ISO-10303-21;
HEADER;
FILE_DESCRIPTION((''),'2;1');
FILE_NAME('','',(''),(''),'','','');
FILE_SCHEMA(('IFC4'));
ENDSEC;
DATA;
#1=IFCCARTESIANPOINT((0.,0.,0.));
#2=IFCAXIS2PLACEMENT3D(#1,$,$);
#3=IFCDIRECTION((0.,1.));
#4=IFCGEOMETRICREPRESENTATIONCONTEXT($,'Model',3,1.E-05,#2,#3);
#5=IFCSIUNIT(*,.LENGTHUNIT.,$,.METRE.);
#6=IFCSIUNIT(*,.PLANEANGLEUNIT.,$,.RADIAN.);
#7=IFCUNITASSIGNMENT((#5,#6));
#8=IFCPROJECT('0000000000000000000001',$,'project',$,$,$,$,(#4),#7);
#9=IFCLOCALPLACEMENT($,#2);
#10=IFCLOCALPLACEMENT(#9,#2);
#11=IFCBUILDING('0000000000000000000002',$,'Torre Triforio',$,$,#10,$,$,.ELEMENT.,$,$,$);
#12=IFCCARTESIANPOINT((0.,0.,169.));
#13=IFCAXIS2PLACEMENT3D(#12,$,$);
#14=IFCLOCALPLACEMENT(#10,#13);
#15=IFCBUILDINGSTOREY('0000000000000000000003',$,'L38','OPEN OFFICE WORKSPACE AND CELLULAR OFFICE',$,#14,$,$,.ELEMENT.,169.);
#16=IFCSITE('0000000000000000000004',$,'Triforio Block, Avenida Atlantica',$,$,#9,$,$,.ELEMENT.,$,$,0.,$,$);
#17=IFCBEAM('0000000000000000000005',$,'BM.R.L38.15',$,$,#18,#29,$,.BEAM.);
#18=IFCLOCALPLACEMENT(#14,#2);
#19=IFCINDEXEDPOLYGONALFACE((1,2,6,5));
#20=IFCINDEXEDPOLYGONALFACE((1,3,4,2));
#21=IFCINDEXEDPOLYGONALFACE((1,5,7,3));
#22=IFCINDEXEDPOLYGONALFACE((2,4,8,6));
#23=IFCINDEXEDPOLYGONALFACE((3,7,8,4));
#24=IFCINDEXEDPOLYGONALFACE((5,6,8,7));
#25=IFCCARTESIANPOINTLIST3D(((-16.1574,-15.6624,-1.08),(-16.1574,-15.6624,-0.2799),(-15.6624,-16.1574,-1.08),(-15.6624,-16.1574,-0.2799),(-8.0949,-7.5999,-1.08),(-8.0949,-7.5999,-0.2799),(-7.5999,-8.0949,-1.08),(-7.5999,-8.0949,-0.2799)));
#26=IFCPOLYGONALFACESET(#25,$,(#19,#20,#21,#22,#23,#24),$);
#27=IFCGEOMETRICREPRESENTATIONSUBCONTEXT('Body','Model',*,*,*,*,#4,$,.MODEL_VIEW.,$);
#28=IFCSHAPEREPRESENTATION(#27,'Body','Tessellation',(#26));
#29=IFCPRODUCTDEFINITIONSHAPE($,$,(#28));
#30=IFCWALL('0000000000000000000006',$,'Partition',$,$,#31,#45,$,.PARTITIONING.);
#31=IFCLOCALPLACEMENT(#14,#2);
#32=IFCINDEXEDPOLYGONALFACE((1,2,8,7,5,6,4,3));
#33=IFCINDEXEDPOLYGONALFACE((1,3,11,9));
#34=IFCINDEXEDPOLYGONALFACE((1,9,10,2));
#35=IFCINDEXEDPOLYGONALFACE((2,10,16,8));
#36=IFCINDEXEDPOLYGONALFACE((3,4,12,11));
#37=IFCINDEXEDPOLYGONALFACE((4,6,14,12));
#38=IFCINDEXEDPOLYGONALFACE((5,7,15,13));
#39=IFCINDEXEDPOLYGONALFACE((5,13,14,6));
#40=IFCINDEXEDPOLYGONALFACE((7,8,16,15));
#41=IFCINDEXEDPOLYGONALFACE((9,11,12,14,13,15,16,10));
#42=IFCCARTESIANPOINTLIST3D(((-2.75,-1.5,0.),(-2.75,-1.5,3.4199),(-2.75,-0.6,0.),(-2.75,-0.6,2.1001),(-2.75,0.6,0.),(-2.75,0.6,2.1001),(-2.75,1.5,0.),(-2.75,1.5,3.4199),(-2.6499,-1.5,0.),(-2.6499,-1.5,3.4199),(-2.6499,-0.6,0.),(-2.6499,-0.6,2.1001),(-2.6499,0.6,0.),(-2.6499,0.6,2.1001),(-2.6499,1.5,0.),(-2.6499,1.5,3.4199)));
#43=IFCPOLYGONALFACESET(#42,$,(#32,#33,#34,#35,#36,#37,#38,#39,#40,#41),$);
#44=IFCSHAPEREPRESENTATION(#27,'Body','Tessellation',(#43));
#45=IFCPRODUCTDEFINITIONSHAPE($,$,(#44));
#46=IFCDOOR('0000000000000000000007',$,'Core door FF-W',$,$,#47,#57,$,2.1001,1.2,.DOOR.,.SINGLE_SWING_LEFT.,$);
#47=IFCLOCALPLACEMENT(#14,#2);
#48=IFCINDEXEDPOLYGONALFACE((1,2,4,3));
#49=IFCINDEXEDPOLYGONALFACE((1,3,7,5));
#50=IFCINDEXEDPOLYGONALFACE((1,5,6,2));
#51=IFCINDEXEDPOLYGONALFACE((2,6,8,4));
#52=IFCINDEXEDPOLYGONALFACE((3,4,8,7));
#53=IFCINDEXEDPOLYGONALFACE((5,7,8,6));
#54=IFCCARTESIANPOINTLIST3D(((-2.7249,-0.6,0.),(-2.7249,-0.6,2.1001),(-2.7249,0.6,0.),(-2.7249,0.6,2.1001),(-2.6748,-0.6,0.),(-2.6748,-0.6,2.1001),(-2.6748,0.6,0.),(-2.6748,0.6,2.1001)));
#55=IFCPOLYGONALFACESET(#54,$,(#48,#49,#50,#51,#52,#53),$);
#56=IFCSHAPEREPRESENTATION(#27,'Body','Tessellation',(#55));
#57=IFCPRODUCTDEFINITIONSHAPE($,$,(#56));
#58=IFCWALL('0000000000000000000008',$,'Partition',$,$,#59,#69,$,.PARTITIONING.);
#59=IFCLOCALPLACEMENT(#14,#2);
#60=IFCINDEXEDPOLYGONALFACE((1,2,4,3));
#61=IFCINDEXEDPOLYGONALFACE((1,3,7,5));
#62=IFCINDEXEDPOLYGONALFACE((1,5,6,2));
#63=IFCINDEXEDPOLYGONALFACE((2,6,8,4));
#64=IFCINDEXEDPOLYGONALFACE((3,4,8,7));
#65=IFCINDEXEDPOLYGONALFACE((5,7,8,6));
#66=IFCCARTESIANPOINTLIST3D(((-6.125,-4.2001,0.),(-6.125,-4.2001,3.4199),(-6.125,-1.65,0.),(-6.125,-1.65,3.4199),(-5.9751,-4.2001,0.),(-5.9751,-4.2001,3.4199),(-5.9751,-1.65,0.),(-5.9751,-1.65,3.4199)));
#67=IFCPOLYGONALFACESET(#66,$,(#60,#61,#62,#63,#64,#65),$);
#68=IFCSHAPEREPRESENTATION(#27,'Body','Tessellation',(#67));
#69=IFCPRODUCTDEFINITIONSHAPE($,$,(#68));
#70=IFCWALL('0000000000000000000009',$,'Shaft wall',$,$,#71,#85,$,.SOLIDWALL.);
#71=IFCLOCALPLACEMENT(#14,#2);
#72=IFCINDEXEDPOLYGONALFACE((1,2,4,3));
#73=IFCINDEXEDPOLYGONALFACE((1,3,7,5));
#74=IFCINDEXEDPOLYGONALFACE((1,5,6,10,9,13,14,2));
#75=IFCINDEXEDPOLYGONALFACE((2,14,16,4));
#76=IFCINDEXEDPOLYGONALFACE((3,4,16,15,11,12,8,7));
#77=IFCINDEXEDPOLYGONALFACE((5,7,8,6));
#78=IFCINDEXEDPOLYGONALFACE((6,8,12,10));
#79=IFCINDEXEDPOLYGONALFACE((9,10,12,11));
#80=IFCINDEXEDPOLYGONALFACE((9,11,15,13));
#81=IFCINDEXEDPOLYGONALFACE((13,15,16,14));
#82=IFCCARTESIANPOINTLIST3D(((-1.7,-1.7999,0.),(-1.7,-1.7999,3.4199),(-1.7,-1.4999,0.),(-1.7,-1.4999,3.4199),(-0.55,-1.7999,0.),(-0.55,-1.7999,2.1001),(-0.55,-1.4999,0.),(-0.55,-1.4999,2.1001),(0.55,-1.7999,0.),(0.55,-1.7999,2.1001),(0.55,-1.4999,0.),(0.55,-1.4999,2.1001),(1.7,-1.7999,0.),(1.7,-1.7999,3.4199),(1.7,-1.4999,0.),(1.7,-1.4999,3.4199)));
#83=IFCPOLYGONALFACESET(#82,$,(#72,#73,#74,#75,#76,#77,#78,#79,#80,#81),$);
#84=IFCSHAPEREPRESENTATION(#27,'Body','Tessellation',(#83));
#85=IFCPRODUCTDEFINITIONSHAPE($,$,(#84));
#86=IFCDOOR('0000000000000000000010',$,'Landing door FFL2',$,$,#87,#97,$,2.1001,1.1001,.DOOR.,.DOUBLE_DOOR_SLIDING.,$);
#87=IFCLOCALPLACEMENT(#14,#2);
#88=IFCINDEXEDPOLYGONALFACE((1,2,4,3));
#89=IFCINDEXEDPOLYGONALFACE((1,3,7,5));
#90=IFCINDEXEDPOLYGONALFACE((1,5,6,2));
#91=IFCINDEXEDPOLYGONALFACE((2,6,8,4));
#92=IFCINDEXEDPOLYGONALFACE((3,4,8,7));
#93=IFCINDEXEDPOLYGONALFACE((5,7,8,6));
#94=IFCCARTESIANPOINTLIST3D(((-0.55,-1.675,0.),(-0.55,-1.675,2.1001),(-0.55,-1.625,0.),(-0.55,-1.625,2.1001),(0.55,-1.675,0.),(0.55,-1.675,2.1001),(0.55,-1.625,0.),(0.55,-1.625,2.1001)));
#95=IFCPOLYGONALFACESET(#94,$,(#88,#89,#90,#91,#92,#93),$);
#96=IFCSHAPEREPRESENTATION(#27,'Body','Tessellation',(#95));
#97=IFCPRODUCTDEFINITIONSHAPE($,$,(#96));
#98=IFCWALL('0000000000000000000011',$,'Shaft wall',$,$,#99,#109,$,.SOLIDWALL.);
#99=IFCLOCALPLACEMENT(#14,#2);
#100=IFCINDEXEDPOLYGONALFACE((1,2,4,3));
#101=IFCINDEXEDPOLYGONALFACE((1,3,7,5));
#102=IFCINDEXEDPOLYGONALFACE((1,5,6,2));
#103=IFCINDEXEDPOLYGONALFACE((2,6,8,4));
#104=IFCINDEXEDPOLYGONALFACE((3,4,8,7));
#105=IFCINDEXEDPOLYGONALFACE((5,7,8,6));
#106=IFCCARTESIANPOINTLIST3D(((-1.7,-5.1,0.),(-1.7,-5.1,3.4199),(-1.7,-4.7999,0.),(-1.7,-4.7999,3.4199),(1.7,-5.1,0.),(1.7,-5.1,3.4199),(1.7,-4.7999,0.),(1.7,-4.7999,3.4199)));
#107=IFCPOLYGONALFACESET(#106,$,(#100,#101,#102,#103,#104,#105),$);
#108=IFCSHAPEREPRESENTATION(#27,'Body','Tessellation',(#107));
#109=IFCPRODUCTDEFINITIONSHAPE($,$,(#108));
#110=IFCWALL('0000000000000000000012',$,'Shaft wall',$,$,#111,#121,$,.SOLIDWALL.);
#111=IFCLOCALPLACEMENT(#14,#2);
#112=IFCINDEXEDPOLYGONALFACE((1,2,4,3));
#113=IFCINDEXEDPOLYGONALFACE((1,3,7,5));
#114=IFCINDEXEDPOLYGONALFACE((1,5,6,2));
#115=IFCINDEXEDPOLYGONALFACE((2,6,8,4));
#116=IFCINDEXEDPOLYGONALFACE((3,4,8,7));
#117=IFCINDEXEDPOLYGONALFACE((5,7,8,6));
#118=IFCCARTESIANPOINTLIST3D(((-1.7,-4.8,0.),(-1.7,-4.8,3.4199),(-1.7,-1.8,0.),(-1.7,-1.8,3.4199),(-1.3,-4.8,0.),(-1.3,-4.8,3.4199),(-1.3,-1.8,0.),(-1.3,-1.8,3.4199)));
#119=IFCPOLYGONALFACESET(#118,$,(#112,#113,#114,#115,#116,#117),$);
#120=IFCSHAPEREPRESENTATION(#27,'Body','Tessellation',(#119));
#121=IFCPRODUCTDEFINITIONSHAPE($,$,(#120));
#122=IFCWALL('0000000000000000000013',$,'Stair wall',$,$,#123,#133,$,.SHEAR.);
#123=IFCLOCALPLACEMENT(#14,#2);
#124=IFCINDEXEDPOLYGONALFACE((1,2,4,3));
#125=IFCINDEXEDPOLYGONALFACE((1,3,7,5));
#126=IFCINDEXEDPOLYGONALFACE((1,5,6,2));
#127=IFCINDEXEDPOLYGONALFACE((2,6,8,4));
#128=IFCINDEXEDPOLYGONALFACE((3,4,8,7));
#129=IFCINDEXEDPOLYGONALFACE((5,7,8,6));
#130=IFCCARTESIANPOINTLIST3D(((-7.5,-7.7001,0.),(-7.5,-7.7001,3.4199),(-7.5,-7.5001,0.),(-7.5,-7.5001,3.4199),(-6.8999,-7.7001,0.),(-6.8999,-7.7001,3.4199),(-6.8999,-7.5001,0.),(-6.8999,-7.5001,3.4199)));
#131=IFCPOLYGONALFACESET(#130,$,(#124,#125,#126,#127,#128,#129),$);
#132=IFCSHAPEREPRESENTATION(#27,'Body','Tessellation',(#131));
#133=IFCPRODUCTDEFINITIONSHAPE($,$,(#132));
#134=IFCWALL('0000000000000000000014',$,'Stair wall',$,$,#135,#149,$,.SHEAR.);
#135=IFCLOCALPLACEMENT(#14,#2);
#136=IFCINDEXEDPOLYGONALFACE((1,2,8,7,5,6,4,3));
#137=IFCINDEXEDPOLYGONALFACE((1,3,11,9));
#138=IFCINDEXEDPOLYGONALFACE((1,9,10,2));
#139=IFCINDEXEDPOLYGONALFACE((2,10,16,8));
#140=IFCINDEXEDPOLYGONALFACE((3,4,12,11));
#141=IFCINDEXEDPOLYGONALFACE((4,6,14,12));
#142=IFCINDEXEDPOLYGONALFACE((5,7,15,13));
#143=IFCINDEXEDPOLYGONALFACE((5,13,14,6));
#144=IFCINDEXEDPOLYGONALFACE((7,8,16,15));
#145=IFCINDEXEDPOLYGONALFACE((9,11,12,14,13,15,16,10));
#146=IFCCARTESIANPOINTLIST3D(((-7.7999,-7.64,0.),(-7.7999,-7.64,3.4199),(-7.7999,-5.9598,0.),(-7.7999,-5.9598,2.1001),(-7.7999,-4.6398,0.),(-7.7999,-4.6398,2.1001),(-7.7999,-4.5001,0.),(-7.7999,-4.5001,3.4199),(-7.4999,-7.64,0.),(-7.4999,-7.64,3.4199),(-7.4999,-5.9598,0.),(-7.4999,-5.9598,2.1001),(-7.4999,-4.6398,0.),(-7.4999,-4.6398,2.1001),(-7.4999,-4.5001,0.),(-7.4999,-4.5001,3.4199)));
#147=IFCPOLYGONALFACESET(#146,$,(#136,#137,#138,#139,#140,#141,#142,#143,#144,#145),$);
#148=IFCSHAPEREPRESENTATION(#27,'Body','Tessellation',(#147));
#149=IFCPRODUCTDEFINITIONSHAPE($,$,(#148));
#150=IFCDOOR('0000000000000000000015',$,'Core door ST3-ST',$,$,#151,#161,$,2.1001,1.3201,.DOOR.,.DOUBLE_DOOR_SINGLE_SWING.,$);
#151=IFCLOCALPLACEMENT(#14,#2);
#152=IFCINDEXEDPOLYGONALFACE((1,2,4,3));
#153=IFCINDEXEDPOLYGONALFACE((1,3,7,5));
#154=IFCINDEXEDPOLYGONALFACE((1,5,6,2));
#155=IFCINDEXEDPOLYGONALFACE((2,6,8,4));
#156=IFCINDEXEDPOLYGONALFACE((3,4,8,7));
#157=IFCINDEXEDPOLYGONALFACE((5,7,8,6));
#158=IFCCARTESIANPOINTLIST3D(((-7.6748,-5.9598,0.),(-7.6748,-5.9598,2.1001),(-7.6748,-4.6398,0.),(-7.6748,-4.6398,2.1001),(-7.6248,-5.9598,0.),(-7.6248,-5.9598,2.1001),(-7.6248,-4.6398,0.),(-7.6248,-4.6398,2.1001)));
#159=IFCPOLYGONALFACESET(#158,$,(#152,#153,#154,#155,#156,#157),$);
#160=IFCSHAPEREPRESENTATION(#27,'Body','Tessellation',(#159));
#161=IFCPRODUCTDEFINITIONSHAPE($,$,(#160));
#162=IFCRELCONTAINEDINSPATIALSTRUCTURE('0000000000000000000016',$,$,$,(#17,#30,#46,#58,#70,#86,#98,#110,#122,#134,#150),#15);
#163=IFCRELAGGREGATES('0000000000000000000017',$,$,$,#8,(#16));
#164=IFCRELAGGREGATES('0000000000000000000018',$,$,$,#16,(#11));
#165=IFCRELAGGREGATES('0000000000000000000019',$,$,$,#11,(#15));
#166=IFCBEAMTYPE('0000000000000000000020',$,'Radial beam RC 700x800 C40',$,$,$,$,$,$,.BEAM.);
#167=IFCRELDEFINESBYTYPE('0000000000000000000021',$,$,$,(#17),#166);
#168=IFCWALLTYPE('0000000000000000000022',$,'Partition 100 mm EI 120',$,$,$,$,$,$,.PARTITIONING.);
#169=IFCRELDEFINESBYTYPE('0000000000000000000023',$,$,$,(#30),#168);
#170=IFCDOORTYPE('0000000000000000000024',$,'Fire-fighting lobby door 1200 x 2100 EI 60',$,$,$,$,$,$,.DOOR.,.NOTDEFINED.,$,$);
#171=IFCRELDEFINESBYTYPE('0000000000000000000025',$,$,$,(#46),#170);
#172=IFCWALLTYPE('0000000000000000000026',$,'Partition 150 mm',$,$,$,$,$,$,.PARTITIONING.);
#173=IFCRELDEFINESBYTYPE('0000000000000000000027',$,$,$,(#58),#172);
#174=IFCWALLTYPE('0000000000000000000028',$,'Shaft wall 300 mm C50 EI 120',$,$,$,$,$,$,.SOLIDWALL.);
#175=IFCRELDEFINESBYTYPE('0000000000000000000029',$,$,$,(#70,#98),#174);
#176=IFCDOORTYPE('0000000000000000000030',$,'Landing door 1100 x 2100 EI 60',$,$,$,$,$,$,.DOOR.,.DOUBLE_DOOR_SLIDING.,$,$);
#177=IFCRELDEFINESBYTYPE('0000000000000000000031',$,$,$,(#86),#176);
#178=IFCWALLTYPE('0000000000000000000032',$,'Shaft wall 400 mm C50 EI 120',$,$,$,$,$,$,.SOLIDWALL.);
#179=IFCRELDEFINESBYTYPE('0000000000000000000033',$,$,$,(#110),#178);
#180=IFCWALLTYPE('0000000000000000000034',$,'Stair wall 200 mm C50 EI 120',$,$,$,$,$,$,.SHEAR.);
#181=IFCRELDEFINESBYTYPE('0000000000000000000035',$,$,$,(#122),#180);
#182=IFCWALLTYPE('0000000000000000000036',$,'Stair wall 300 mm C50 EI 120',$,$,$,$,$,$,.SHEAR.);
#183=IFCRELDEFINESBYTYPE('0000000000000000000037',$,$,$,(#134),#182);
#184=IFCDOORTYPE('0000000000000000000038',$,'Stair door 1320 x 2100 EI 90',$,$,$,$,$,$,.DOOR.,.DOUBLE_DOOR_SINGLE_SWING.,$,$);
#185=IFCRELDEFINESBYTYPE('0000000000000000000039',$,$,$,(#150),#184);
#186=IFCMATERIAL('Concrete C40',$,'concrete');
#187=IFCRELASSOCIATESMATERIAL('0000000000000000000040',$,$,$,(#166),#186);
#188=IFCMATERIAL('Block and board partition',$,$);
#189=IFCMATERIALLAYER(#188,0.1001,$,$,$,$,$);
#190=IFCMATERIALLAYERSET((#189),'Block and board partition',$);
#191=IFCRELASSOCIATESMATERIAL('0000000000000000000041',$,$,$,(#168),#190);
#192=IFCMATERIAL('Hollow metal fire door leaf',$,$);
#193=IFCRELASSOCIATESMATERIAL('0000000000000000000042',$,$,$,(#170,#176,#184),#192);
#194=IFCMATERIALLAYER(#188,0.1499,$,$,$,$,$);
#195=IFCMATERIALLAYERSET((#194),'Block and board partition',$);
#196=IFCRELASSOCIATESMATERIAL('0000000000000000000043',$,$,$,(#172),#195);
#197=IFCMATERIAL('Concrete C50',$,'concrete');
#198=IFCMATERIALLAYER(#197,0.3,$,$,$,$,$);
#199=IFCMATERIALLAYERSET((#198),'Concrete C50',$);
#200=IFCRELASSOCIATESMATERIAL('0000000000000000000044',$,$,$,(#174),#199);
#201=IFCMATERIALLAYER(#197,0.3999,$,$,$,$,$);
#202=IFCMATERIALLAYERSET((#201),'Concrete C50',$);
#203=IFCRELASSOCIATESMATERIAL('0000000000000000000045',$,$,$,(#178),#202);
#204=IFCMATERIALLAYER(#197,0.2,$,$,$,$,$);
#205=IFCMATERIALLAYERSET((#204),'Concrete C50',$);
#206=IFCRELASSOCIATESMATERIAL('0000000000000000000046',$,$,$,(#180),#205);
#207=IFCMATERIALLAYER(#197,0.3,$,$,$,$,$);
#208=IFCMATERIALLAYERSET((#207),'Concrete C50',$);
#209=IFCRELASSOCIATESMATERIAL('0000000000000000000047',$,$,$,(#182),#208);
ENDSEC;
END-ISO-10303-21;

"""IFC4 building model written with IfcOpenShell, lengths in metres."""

from ifc_helpers import new_model, si_unit, direction, frame, frame_2d, origin, origin_2d, place, context, subcontext, project, spatial, rectangle, extrude, material, layer, layer_set, material_profile, profile_set, type_object, element, fill, save


model = new_model("IFC4")

# Units and contexts
model_context = context("Model", 3, precision=1e-05, world=origin(), true_north=direction((0.0, 1.0)))
body_context = subcontext(model_context, "Body", "Model", "MODEL_VIEW")
ifc_project = project(units=[si_unit("LENGTHUNIT", "METRE"), si_unit("PLANEANGLEUNIT", "RADIAN")], contexts=[model_context])

# Site, building, storey
site_placement = place(None, origin())
site = spatial("IfcSite", under=ifc_project, at=site_placement, Name="Triforio Block, Avenida Atlantica", CompositionType="ELEMENT", RefElevation=0.0)
building_placement = place(site_placement, origin())
building = spatial("IfcBuilding", under=site, at=building_placement, Name="Torre Triforio", CompositionType="ELEMENT")
storey_placement = place(building_placement, frame((0.0, 0.0, 169.0)))
storey = spatial("IfcBuildingStorey", under=building, at=storey_placement, Name="L38", Description="OPEN OFFICE WORKSPACE AND CELLULAR OFFICE", CompositionType="ELEMENT", Elevation=169.0)

# Beam
ifc_material_1 = material(Name="Concrete C40", Category="concrete")
ifc_material_profile = material_profile(ifc_material_1, rectangle(XDim=0.7, YDim=0.8, at=origin_2d()), Name="RC 700x800")
ifc_profile_set = profile_set([ifc_material_profile], Name="Concrete C40")
beam_type = type_object("IfcBeamType", Name="Radial beam RC 700x800 C40", PredefinedType="BEAM", material=ifc_profile_set)
beam_placement = place(storey_placement, frame((-7.8474, -7.8474, -0.6799), z_axis=(-0.707107, -0.707107, 0.0), x_axis=(0.707107, -0.707107, 0.0)))
element("IfcBeam", 1, at=beam_placement, inside=storey, type_object=beam_type, Name="BM.R.L38.15", PredefinedType="BEAM", context=body_context, shape_type="SweptSolid", body=[
    extrude(rectangle(XDim=0.7, YDim=0.8, at=origin_2d()), origin(), (0.0, 0.0, 1.0), 11.4021),
])

# Wall, opening, door
ifc_material_2 = material(Name="Block and board partition")
ifc_layer_1 = layer(ifc_material_2, 0.1001)
ifc_layer_set_1 = layer_set([ifc_layer_1], Name="Block and board partition")
wall_type_1 = type_object("IfcWallType", Name="Partition 100 mm EI 120", PredefinedType="PARTITIONING", material=ifc_layer_set_1)
wall_1_placement = place(storey_placement, frame((-2.7, -1.5, 0.0), z_axis=(0.0, 0.0, 1.0), x_axis=(0.0, 1.0, 0.0)))
wall_1 = element("IfcWall", 2, at=wall_1_placement, inside=storey, type_object=wall_type_1, Name="Partition", PredefinedType="PARTITIONING", context=body_context, shape_type="SweptSolid", body=[
    extrude(rectangle(XDim=3.0, YDim=0.1001, at=frame_2d((1.5, 0.0))), origin(), (0.0, 0.0, 1.0), 3.4199),
])
opening_1_placement = place(wall_1_placement, frame((0.8999, 0.0, 0.0)))
opening_1 = element("IfcOpeningElement", 3, at=opening_1_placement, cuts=wall_1, PredefinedType="OPENING", context=body_context, shape_type="SweptSolid", body=[
    extrude(rectangle(XDim=1.2, YDim=2.1001, at=frame_2d((0.6001, 1.05))), frame((0.0, 0.0601, 0.0), z_axis=(0.0, -1.0, 0.0), x_axis=(1.0, 0.0, 0.0)), (0.0, 0.0, 1.0), 0.1201),
])
ifc_material_3 = material(Name="Hollow metal fire door leaf")
door_type_1 = type_object("IfcDoorType", Name="Fire-fighting lobby door 1200 x 2100 EI 60", OperationType="NOTDEFINED", PredefinedType="DOOR", material=ifc_material_3)
door_1_placement = place(opening_1_placement, origin())
door_1 = element("IfcDoor", 4, at=door_1_placement, inside=storey, type_object=door_type_1, Name="Core door FF-W", OperationType="SINGLE_SWING_LEFT", OverallHeight=2.1001, OverallWidth=1.2, PredefinedType="DOOR", context=body_context, shape_type="SweptSolid", body=[
    extrude(rectangle(XDim=1.2, YDim=2.1001, at=frame_2d((0.6001, 1.05))), frame((0.0, 0.0249, 0.0), z_axis=(0.0, -1.0, 0.0), x_axis=(1.0, 0.0, 0.0)), (0.0, 0.0, 1.0), 0.05),
])
fill(opening_1, door_1)

# Wall
ifc_layer_2 = layer(ifc_material_2, 0.1499)
ifc_layer_set_2 = layer_set([ifc_layer_2], Name="Block and board partition")
wall_type_2 = type_object("IfcWallType", Name="Partition 150 mm", PredefinedType="PARTITIONING", material=ifc_layer_set_2)
wall_2_placement = place(storey_placement, frame((-6.05, -4.2, 0.0), z_axis=(0.0, 0.0, 1.0), x_axis=(0.0, 1.0, 0.0)))
element("IfcWall", 5, at=wall_2_placement, inside=storey, type_object=wall_type_2, Name="Partition", PredefinedType="PARTITIONING", context=body_context, shape_type="SweptSolid", body=[
    extrude(rectangle(XDim=2.55, YDim=0.1499, at=frame_2d((1.2749, 0.0))), origin(), (0.0, 0.0, 1.0), 3.4199),
])

# Wall, opening, door
ifc_material_4 = material(Name="Concrete C50", Category="concrete")
ifc_layer_3 = layer(ifc_material_4, 0.3)
ifc_layer_set_3 = layer_set([ifc_layer_3], Name="Concrete C50")
wall_type_3 = type_object("IfcWallType", Name="Shaft wall 300 mm C50 EI 120", PredefinedType="SOLIDWALL", material=ifc_layer_set_3)
wall_3_placement = place(storey_placement, frame((-1.7, -1.6499, 0.0), z_axis=(0.0, 0.0, 1.0), x_axis=(1.0, 0.0, 0.0)))
wall_3 = element("IfcWall", 6, at=wall_3_placement, inside=storey, type_object=wall_type_3, Name="Shaft wall", PredefinedType="SOLIDWALL", context=body_context, shape_type="SweptSolid", body=[
    extrude(rectangle(XDim=3.3999, YDim=0.3, at=frame_2d((1.7, 0.0))), origin(), (0.0, 0.0, 1.0), 3.4199),
])
opening_2_placement = place(wall_3_placement, frame((1.1499, 0.0, 0.0)))
opening_2 = element("IfcOpeningElement", 7, at=opening_2_placement, cuts=wall_3, PredefinedType="OPENING", context=body_context, shape_type="SweptSolid", body=[
    extrude(rectangle(XDim=1.1001, YDim=2.1001, at=frame_2d((0.55, 1.05))), frame((0.0, 0.1599, 0.0), z_axis=(0.0, -1.0, 0.0), x_axis=(1.0, 0.0, 0.0)), (0.0, 0.0, 1.0), 0.3201),
])
door_type_2 = type_object("IfcDoorType", Name="Landing door 1100 x 2100 EI 60", OperationType="DOUBLE_DOOR_SLIDING", PredefinedType="DOOR", material=ifc_material_3)
door_2_placement = place(opening_2_placement, origin())
door_2 = element("IfcDoor", 8, at=door_2_placement, inside=storey, type_object=door_type_2, Name="Landing door FFL2", OperationType="DOUBLE_DOOR_SLIDING", OverallHeight=2.1001, OverallWidth=1.1001, PredefinedType="DOOR", context=body_context, shape_type="SweptSolid", body=[
    extrude(rectangle(XDim=1.1001, YDim=2.1001, at=frame_2d((0.55, 1.05))), frame((0.0, 0.0249, 0.0), z_axis=(0.0, -1.0, 0.0), x_axis=(1.0, 0.0, 0.0)), (0.0, 0.0, 1.0), 0.05),
])
fill(opening_2, door_2)

# Walls
wall_4_placement = place(storey_placement, frame((-1.7, -4.95, 0.0), z_axis=(0.0, 0.0, 1.0), x_axis=(1.0, 0.0, 0.0)))
element("IfcWall", 9, at=wall_4_placement, inside=storey, type_object=wall_type_3, Name="Shaft wall", PredefinedType="SOLIDWALL", context=body_context, shape_type="SweptSolid", body=[
    extrude(rectangle(XDim=3.3999, YDim=0.3, at=frame_2d((1.7, 0.0))), origin(), (0.0, 0.0, 1.0), 3.4199),
])
ifc_layer_4 = layer(ifc_material_4, 0.3999)
ifc_layer_set_4 = layer_set([ifc_layer_4], Name="Concrete C50")
wall_type_4 = type_object("IfcWallType", Name="Shaft wall 400 mm C50 EI 120", PredefinedType="SOLIDWALL", material=ifc_layer_set_4)
wall_5_placement = place(storey_placement, frame((-1.5, -4.8, 0.0), z_axis=(0.0, 0.0, 1.0), x_axis=(0.0, 1.0, 0.0)))
element("IfcWall", 10, at=wall_5_placement, inside=storey, type_object=wall_type_4, Name="Shaft wall", PredefinedType="SOLIDWALL", context=body_context, shape_type="SweptSolid", body=[
    extrude(rectangle(XDim=3.0, YDim=0.3999, at=frame_2d((1.5, 0.0))), origin(), (0.0, 0.0, 1.0), 3.4199),
])
ifc_layer_5 = layer(ifc_material_4, 0.2)
ifc_layer_set_5 = layer_set([ifc_layer_5], Name="Concrete C50")
wall_type_5 = type_object("IfcWallType", Name="Stair wall 200 mm C50 EI 120", PredefinedType="SHEAR", material=ifc_layer_set_5)
wall_6_placement = place(storey_placement, frame((-7.5, -7.6001, 0.0), z_axis=(0.0, 0.0, 1.0), x_axis=(1.0, 0.0, 0.0)))
element("IfcWall", 11, at=wall_6_placement, inside=storey, type_object=wall_type_5, Name="Stair wall", PredefinedType="SHEAR", context=body_context, shape_type="SweptSolid", body=[
    extrude(rectangle(XDim=0.6001, YDim=0.2, at=frame_2d((0.3, 0.0))), origin(), (0.0, 0.0, 1.0), 3.4199),
])

# Wall, opening, door
ifc_layer_6 = layer(ifc_material_4, 0.3)
ifc_layer_set_6 = layer_set([ifc_layer_6], Name="Concrete C50")
wall_type_6 = type_object("IfcWallType", Name="Stair wall 300 mm C50 EI 120", PredefinedType="SHEAR", material=ifc_layer_set_6)
wall_7_placement = place(storey_placement, frame((-7.6499, -7.6399, 0.0), z_axis=(0.0, 0.0, 1.0), x_axis=(0.0, 1.0, 0.0)))
wall_7 = element("IfcWall", 12, at=wall_7_placement, inside=storey, type_object=wall_type_6, Name="Stair wall", PredefinedType="SHEAR", context=body_context, shape_type="SweptSolid", body=[
    extrude(rectangle(XDim=3.1399, YDim=0.3, at=frame_2d((1.5698, 0.0))), origin(), (0.0, 0.0, 1.0), 3.4199),
])
opening_3_placement = place(wall_7_placement, frame((1.6799, 0.0, 0.0)))
opening_3 = element("IfcOpeningElement", 13, at=opening_3_placement, cuts=wall_7, PredefinedType="OPENING", context=body_context, shape_type="SweptSolid", body=[
    extrude(rectangle(XDim=1.3201, YDim=2.1001, at=frame_2d((0.6602, 1.05))), frame((0.0, 0.1599, 0.0), z_axis=(0.0, -1.0, 0.0), x_axis=(1.0, 0.0, 0.0)), (0.0, 0.0, 1.0), 0.3201),
])
door_type_3 = type_object("IfcDoorType", Name="Stair door 1320 x 2100 EI 90", OperationType="DOUBLE_DOOR_SINGLE_SWING", PredefinedType="DOOR", material=ifc_material_3)
door_3_placement = place(opening_3_placement, origin())
door_3 = element("IfcDoor", 14, at=door_3_placement, inside=storey, type_object=door_type_3, Name="Core door ST3-ST", OperationType="DOUBLE_DOOR_SINGLE_SWING", OverallHeight=2.1001, OverallWidth=1.3201, PredefinedType="DOOR", context=body_context, shape_type="SweptSolid", body=[
    extrude(rectangle(XDim=1.3201, YDim=2.1001, at=frame_2d((0.6602, 1.05))), frame((0.0, 0.0249, 0.0), z_axis=(0.0, -1.0, 0.0), x_axis=(1.0, 0.0, 0.0)), (0.0, 0.0, 1.0), 0.05),
])
fill(opening_3, door_3)

save(model, "model.ifc")
